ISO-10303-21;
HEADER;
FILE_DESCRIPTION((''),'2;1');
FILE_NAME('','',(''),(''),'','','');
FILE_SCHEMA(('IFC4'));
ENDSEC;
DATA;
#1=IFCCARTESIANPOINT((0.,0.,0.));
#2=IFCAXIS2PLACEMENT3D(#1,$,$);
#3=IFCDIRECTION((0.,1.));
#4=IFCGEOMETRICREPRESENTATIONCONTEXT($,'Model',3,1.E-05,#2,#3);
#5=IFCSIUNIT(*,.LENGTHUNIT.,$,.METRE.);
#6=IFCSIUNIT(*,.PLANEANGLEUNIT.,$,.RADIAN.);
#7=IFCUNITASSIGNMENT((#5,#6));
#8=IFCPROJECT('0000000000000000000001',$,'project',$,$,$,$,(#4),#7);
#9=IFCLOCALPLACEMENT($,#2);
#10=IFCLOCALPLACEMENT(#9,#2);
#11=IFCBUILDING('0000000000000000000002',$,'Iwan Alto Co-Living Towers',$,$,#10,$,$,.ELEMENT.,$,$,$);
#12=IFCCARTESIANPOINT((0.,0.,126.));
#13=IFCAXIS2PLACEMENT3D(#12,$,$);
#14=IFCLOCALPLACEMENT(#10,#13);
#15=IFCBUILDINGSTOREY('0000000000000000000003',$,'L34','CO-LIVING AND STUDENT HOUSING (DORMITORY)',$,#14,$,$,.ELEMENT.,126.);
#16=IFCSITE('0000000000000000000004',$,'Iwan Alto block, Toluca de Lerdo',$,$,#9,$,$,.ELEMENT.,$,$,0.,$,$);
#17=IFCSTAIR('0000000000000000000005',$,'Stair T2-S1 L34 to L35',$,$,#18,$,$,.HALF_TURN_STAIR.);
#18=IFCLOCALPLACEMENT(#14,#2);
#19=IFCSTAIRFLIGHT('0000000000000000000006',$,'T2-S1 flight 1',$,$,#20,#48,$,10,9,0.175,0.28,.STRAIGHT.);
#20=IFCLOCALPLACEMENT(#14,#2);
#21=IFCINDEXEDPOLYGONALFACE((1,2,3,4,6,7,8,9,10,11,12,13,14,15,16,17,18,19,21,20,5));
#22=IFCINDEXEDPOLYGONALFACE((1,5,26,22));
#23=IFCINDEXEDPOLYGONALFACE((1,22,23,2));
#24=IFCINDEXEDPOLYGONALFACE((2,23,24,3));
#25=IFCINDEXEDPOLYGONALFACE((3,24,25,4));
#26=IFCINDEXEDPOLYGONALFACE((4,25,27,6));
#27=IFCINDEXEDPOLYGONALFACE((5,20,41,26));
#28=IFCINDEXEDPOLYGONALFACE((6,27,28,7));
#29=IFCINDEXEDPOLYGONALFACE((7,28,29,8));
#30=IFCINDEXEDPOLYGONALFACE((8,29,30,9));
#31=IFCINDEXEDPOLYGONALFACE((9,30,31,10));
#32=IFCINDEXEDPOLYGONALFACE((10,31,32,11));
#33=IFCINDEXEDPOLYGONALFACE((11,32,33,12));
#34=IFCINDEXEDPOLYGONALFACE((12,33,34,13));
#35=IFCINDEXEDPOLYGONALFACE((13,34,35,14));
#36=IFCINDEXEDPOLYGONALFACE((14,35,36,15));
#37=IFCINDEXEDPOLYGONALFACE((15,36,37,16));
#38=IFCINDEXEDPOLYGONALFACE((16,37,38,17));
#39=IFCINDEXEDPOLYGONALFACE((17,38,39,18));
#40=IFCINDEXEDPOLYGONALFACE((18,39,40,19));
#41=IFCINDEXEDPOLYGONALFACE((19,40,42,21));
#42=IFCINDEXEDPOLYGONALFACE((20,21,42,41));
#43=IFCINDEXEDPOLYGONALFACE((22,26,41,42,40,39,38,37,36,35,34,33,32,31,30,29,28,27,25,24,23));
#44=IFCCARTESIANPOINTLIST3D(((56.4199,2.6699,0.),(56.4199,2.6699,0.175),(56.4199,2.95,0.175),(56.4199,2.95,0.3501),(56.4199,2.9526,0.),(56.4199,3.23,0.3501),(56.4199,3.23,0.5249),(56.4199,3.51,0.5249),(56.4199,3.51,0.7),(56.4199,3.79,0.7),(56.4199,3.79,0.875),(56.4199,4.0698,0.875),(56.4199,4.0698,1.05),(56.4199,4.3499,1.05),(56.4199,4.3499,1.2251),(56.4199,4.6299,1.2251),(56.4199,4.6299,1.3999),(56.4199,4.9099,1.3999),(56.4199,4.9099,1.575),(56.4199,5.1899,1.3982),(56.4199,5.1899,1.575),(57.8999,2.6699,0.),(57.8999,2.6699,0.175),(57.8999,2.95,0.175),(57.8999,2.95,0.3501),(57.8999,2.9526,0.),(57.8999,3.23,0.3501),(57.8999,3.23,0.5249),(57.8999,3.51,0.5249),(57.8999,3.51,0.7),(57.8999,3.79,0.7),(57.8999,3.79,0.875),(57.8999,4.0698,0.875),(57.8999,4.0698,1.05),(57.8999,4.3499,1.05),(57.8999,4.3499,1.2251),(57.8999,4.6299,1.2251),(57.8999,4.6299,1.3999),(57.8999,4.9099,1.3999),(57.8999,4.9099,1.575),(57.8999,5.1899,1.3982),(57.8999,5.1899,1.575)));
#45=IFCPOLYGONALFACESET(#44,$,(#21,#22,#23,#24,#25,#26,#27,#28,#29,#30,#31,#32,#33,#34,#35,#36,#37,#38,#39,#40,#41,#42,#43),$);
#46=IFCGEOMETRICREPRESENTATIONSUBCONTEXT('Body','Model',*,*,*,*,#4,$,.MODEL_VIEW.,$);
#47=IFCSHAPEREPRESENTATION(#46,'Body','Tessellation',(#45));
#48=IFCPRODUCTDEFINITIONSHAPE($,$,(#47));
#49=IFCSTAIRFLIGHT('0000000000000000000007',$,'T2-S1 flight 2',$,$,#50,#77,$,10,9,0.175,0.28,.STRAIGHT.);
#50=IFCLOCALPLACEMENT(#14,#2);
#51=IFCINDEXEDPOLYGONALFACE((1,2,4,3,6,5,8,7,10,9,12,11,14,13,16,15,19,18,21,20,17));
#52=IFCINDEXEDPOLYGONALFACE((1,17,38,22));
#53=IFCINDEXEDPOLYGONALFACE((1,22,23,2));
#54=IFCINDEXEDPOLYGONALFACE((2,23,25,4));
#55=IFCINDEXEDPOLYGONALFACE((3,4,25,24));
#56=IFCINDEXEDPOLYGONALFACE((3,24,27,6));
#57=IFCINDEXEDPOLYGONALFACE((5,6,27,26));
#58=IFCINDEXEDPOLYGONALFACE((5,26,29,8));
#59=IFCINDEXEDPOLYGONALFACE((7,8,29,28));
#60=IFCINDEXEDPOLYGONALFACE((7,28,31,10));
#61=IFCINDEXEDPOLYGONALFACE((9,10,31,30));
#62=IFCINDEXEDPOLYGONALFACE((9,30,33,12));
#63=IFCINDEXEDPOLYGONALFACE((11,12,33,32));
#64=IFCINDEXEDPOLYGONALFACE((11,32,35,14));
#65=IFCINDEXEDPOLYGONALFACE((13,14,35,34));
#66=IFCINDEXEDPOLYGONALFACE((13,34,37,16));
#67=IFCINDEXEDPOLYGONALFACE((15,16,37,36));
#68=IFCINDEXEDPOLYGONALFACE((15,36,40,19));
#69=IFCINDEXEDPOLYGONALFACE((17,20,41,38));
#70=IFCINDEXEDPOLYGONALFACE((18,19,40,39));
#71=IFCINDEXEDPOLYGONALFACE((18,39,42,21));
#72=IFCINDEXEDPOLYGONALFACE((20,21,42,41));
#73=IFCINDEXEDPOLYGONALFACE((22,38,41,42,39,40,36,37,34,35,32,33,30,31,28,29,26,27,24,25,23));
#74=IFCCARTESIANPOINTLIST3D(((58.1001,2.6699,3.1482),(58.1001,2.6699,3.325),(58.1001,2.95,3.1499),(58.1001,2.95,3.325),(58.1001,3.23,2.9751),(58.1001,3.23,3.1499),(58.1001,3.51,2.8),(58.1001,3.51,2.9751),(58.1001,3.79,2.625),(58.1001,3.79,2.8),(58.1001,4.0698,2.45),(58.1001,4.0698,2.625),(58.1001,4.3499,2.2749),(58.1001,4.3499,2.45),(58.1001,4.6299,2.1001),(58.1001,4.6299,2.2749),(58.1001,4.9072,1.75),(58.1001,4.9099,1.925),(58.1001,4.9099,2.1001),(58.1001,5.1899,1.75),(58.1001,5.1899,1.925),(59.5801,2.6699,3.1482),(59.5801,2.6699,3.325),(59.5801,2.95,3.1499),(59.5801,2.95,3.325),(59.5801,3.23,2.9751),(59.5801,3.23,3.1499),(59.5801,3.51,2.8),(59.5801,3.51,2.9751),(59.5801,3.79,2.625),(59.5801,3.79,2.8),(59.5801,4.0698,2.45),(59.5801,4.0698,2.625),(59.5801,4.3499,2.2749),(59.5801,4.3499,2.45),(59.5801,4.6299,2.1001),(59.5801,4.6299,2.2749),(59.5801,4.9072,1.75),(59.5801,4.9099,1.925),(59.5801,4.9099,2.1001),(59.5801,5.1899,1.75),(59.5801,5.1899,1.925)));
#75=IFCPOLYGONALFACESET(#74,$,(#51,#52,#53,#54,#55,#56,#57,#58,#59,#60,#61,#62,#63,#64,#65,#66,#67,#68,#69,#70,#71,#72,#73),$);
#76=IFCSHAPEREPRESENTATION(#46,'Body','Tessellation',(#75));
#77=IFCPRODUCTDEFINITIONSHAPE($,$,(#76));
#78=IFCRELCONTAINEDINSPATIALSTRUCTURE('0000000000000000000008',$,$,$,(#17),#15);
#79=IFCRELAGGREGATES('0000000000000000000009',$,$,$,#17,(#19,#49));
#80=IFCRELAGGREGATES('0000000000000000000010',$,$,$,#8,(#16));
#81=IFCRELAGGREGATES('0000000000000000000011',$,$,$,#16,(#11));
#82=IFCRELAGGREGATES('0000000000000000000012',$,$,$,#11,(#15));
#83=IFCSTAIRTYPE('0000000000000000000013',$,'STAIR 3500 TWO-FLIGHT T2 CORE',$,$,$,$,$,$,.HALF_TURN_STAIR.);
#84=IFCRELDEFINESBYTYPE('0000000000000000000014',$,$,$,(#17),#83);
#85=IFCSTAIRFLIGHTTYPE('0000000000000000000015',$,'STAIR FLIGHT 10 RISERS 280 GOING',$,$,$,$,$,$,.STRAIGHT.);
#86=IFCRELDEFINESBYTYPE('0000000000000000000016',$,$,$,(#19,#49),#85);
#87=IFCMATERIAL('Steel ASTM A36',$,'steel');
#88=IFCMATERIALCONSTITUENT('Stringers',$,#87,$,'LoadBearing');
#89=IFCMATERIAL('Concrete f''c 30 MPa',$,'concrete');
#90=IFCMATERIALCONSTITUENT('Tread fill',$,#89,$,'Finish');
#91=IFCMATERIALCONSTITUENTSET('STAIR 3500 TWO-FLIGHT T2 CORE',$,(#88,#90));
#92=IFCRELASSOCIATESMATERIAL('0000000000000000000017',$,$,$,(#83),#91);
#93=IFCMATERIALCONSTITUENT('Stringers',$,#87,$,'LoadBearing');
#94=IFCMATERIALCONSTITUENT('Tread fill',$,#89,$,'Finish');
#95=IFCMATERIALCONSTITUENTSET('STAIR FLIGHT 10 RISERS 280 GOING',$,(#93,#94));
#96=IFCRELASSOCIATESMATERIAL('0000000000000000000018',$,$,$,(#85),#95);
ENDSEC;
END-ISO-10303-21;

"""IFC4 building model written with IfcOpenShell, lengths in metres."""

from ifc_helpers import new_model, si_unit, direction, frame, origin, place, context, subcontext, project, spatial, polyline, outline, extrude, material, constituent, constituent_set, type_object, element, aggregate, save


model = new_model("IFC4")

# Units and contexts
model_context = context("Model", 3, precision=1e-05, world=origin(), true_north=direction((0.0, 1.0)))
body_context = subcontext(model_context, "Body", "Model", "MODEL_VIEW")
ifc_project = project(units=[si_unit("LENGTHUNIT", "METRE"), si_unit("PLANEANGLEUNIT", "RADIAN")], contexts=[model_context])

# Site, building, storey
site_placement = place(None, origin())
site = spatial("IfcSite", under=ifc_project, at=site_placement, Name="Iwan Alto block, Toluca de Lerdo", CompositionType="ELEMENT", RefElevation=0.0)
building_placement = place(site_placement, origin())
building = spatial("IfcBuilding", under=site, at=building_placement, Name="Iwan Alto Co-Living Towers", CompositionType="ELEMENT")
storey_placement = place(building_placement, frame((0.0, 0.0, 126.0)))
storey = spatial("IfcBuildingStorey", under=building, at=storey_placement, Name="L34", Description="CO-LIVING AND STUDENT HOUSING (DORMITORY)", CompositionType="ELEMENT", Elevation=126.0)

# Stair, stair flights
ifc_material_1 = material(Name="Steel ASTM A36", Category="steel")
ifc_constituent_1 = constituent(ifc_material_1, Name="Stringers", Category="LoadBearing")
ifc_material_2 = material(Name="Concrete f'c 30 MPa", Category="concrete")
ifc_constituent_2 = constituent(ifc_material_2, Name="Tread fill", Category="Finish")
ifc_constituent_set_1 = constituent_set(constituents=[ifc_constituent_1, ifc_constituent_2], Name="STAIR 3500 TWO-FLIGHT T2 CORE")
stair_type = type_object("IfcStairType", Name="STAIR 3500 TWO-FLIGHT T2 CORE", PredefinedType="HALF_TURN_STAIR", material=ifc_constituent_set_1)
stair_placement = place(storey_placement, origin())
stair = element("IfcStair", 1, at=stair_placement, inside=storey, type_object=stair_type, Name="Stair T2-S1 L34 to L35", PredefinedType="HALF_TURN_STAIR")
ifc_constituent_3 = constituent(ifc_material_1, Name="Stringers", Category="LoadBearing")
ifc_constituent_4 = constituent(ifc_material_2, Name="Tread fill", Category="Finish")
ifc_constituent_set_2 = constituent_set(constituents=[ifc_constituent_3, ifc_constituent_4], Name="STAIR FLIGHT 10 RISERS 280 GOING")
stair_flight_type = type_object("IfcStairFlightType", Name="STAIR FLIGHT 10 RISERS 280 GOING", PredefinedType="STRAIGHT", material=ifc_constituent_set_2)
stair_flight_1_placement = place(storey_placement, frame((57.1599, 2.6699, 0.0), z_axis=(0.0, 0.0, 1.0), x_axis=(0.0, 1.0, 0.0)))
stair_flight_1 = element("IfcStairFlight", 2, at=stair_flight_1_placement, type_object=stair_flight_type, Name="T2-S1 flight 1", NumberOfRisers=10, NumberOfTreads=9, PredefinedType="STRAIGHT", RiserHeight=0.175, TreadLength=0.28, context=body_context, shape_type="SweptSolid", body=[
    extrude(outline(polyline([(0.0, 0.0), (0.0, 0.175), (0.28, 0.175), (0.28, 0.3501), (0.5601, 0.3501), (0.5601, 0.5249), (0.8401, 0.5249), (0.8401, 0.7), (1.1201, 0.7), (1.1201, 0.875), (1.3999, 0.875), (1.3999, 1.05), (1.6799, 1.05), (1.6799, 1.2251), (1.96, 1.2251), (1.96, 1.3999), (2.24, 1.3999), (2.24, 1.575), (2.52, 1.575), (2.52, 1.75), (2.52, 1.3982), (0.2827, 0.0), (0.0, 0.0)])), frame((0.0, 0.74, 0.0), z_axis=(0.0, -1.0, 0.0), x_axis=(1.0, 0.0, 0.0)), (0.0, 0.0, 1.0), 1.48),
])
stair_flight_2_placement = place(storey_placement, frame((58.8401, 5.1899, 1.75), z_axis=(0.0, 0.0, 1.0), x_axis=(0.0, -1.0, 0.0)))
stair_flight_2 = element("IfcStairFlight", 3, at=stair_flight_2_placement, type_object=stair_flight_type, Name="T2-S1 flight 2", NumberOfRisers=10, NumberOfTreads=9, PredefinedType="STRAIGHT", RiserHeight=0.175, TreadLength=0.28, context=body_context, shape_type="SweptSolid", body=[
    extrude(outline(polyline([(0.0, 0.0), (0.0, 0.175), (0.28, 0.175), (0.28, 0.3501), (0.5601, 0.3501), (0.5601, 0.5249), (0.8401, 0.5249), (0.8401, 0.7), (1.1201, 0.7), (1.1201, 0.875), (1.3999, 0.875), (1.3999, 1.05), (1.6799, 1.05), (1.6799, 1.2251), (1.96, 1.2251), (1.96, 1.3999), (2.24, 1.3999), (2.24, 1.575), (2.52, 1.575), (2.52, 1.75), (2.52, 1.3982), (0.2827, 0.0), (0.0, 0.0)])), frame((0.0, 0.74, 0.0), z_axis=(0.0, -1.0, 0.0), x_axis=(1.0, 0.0, 0.0)), (0.0, 0.0, 1.0), 1.48),
])
aggregate(stair, [stair_flight_1, stair_flight_2])

save(model, "model.ifc")
